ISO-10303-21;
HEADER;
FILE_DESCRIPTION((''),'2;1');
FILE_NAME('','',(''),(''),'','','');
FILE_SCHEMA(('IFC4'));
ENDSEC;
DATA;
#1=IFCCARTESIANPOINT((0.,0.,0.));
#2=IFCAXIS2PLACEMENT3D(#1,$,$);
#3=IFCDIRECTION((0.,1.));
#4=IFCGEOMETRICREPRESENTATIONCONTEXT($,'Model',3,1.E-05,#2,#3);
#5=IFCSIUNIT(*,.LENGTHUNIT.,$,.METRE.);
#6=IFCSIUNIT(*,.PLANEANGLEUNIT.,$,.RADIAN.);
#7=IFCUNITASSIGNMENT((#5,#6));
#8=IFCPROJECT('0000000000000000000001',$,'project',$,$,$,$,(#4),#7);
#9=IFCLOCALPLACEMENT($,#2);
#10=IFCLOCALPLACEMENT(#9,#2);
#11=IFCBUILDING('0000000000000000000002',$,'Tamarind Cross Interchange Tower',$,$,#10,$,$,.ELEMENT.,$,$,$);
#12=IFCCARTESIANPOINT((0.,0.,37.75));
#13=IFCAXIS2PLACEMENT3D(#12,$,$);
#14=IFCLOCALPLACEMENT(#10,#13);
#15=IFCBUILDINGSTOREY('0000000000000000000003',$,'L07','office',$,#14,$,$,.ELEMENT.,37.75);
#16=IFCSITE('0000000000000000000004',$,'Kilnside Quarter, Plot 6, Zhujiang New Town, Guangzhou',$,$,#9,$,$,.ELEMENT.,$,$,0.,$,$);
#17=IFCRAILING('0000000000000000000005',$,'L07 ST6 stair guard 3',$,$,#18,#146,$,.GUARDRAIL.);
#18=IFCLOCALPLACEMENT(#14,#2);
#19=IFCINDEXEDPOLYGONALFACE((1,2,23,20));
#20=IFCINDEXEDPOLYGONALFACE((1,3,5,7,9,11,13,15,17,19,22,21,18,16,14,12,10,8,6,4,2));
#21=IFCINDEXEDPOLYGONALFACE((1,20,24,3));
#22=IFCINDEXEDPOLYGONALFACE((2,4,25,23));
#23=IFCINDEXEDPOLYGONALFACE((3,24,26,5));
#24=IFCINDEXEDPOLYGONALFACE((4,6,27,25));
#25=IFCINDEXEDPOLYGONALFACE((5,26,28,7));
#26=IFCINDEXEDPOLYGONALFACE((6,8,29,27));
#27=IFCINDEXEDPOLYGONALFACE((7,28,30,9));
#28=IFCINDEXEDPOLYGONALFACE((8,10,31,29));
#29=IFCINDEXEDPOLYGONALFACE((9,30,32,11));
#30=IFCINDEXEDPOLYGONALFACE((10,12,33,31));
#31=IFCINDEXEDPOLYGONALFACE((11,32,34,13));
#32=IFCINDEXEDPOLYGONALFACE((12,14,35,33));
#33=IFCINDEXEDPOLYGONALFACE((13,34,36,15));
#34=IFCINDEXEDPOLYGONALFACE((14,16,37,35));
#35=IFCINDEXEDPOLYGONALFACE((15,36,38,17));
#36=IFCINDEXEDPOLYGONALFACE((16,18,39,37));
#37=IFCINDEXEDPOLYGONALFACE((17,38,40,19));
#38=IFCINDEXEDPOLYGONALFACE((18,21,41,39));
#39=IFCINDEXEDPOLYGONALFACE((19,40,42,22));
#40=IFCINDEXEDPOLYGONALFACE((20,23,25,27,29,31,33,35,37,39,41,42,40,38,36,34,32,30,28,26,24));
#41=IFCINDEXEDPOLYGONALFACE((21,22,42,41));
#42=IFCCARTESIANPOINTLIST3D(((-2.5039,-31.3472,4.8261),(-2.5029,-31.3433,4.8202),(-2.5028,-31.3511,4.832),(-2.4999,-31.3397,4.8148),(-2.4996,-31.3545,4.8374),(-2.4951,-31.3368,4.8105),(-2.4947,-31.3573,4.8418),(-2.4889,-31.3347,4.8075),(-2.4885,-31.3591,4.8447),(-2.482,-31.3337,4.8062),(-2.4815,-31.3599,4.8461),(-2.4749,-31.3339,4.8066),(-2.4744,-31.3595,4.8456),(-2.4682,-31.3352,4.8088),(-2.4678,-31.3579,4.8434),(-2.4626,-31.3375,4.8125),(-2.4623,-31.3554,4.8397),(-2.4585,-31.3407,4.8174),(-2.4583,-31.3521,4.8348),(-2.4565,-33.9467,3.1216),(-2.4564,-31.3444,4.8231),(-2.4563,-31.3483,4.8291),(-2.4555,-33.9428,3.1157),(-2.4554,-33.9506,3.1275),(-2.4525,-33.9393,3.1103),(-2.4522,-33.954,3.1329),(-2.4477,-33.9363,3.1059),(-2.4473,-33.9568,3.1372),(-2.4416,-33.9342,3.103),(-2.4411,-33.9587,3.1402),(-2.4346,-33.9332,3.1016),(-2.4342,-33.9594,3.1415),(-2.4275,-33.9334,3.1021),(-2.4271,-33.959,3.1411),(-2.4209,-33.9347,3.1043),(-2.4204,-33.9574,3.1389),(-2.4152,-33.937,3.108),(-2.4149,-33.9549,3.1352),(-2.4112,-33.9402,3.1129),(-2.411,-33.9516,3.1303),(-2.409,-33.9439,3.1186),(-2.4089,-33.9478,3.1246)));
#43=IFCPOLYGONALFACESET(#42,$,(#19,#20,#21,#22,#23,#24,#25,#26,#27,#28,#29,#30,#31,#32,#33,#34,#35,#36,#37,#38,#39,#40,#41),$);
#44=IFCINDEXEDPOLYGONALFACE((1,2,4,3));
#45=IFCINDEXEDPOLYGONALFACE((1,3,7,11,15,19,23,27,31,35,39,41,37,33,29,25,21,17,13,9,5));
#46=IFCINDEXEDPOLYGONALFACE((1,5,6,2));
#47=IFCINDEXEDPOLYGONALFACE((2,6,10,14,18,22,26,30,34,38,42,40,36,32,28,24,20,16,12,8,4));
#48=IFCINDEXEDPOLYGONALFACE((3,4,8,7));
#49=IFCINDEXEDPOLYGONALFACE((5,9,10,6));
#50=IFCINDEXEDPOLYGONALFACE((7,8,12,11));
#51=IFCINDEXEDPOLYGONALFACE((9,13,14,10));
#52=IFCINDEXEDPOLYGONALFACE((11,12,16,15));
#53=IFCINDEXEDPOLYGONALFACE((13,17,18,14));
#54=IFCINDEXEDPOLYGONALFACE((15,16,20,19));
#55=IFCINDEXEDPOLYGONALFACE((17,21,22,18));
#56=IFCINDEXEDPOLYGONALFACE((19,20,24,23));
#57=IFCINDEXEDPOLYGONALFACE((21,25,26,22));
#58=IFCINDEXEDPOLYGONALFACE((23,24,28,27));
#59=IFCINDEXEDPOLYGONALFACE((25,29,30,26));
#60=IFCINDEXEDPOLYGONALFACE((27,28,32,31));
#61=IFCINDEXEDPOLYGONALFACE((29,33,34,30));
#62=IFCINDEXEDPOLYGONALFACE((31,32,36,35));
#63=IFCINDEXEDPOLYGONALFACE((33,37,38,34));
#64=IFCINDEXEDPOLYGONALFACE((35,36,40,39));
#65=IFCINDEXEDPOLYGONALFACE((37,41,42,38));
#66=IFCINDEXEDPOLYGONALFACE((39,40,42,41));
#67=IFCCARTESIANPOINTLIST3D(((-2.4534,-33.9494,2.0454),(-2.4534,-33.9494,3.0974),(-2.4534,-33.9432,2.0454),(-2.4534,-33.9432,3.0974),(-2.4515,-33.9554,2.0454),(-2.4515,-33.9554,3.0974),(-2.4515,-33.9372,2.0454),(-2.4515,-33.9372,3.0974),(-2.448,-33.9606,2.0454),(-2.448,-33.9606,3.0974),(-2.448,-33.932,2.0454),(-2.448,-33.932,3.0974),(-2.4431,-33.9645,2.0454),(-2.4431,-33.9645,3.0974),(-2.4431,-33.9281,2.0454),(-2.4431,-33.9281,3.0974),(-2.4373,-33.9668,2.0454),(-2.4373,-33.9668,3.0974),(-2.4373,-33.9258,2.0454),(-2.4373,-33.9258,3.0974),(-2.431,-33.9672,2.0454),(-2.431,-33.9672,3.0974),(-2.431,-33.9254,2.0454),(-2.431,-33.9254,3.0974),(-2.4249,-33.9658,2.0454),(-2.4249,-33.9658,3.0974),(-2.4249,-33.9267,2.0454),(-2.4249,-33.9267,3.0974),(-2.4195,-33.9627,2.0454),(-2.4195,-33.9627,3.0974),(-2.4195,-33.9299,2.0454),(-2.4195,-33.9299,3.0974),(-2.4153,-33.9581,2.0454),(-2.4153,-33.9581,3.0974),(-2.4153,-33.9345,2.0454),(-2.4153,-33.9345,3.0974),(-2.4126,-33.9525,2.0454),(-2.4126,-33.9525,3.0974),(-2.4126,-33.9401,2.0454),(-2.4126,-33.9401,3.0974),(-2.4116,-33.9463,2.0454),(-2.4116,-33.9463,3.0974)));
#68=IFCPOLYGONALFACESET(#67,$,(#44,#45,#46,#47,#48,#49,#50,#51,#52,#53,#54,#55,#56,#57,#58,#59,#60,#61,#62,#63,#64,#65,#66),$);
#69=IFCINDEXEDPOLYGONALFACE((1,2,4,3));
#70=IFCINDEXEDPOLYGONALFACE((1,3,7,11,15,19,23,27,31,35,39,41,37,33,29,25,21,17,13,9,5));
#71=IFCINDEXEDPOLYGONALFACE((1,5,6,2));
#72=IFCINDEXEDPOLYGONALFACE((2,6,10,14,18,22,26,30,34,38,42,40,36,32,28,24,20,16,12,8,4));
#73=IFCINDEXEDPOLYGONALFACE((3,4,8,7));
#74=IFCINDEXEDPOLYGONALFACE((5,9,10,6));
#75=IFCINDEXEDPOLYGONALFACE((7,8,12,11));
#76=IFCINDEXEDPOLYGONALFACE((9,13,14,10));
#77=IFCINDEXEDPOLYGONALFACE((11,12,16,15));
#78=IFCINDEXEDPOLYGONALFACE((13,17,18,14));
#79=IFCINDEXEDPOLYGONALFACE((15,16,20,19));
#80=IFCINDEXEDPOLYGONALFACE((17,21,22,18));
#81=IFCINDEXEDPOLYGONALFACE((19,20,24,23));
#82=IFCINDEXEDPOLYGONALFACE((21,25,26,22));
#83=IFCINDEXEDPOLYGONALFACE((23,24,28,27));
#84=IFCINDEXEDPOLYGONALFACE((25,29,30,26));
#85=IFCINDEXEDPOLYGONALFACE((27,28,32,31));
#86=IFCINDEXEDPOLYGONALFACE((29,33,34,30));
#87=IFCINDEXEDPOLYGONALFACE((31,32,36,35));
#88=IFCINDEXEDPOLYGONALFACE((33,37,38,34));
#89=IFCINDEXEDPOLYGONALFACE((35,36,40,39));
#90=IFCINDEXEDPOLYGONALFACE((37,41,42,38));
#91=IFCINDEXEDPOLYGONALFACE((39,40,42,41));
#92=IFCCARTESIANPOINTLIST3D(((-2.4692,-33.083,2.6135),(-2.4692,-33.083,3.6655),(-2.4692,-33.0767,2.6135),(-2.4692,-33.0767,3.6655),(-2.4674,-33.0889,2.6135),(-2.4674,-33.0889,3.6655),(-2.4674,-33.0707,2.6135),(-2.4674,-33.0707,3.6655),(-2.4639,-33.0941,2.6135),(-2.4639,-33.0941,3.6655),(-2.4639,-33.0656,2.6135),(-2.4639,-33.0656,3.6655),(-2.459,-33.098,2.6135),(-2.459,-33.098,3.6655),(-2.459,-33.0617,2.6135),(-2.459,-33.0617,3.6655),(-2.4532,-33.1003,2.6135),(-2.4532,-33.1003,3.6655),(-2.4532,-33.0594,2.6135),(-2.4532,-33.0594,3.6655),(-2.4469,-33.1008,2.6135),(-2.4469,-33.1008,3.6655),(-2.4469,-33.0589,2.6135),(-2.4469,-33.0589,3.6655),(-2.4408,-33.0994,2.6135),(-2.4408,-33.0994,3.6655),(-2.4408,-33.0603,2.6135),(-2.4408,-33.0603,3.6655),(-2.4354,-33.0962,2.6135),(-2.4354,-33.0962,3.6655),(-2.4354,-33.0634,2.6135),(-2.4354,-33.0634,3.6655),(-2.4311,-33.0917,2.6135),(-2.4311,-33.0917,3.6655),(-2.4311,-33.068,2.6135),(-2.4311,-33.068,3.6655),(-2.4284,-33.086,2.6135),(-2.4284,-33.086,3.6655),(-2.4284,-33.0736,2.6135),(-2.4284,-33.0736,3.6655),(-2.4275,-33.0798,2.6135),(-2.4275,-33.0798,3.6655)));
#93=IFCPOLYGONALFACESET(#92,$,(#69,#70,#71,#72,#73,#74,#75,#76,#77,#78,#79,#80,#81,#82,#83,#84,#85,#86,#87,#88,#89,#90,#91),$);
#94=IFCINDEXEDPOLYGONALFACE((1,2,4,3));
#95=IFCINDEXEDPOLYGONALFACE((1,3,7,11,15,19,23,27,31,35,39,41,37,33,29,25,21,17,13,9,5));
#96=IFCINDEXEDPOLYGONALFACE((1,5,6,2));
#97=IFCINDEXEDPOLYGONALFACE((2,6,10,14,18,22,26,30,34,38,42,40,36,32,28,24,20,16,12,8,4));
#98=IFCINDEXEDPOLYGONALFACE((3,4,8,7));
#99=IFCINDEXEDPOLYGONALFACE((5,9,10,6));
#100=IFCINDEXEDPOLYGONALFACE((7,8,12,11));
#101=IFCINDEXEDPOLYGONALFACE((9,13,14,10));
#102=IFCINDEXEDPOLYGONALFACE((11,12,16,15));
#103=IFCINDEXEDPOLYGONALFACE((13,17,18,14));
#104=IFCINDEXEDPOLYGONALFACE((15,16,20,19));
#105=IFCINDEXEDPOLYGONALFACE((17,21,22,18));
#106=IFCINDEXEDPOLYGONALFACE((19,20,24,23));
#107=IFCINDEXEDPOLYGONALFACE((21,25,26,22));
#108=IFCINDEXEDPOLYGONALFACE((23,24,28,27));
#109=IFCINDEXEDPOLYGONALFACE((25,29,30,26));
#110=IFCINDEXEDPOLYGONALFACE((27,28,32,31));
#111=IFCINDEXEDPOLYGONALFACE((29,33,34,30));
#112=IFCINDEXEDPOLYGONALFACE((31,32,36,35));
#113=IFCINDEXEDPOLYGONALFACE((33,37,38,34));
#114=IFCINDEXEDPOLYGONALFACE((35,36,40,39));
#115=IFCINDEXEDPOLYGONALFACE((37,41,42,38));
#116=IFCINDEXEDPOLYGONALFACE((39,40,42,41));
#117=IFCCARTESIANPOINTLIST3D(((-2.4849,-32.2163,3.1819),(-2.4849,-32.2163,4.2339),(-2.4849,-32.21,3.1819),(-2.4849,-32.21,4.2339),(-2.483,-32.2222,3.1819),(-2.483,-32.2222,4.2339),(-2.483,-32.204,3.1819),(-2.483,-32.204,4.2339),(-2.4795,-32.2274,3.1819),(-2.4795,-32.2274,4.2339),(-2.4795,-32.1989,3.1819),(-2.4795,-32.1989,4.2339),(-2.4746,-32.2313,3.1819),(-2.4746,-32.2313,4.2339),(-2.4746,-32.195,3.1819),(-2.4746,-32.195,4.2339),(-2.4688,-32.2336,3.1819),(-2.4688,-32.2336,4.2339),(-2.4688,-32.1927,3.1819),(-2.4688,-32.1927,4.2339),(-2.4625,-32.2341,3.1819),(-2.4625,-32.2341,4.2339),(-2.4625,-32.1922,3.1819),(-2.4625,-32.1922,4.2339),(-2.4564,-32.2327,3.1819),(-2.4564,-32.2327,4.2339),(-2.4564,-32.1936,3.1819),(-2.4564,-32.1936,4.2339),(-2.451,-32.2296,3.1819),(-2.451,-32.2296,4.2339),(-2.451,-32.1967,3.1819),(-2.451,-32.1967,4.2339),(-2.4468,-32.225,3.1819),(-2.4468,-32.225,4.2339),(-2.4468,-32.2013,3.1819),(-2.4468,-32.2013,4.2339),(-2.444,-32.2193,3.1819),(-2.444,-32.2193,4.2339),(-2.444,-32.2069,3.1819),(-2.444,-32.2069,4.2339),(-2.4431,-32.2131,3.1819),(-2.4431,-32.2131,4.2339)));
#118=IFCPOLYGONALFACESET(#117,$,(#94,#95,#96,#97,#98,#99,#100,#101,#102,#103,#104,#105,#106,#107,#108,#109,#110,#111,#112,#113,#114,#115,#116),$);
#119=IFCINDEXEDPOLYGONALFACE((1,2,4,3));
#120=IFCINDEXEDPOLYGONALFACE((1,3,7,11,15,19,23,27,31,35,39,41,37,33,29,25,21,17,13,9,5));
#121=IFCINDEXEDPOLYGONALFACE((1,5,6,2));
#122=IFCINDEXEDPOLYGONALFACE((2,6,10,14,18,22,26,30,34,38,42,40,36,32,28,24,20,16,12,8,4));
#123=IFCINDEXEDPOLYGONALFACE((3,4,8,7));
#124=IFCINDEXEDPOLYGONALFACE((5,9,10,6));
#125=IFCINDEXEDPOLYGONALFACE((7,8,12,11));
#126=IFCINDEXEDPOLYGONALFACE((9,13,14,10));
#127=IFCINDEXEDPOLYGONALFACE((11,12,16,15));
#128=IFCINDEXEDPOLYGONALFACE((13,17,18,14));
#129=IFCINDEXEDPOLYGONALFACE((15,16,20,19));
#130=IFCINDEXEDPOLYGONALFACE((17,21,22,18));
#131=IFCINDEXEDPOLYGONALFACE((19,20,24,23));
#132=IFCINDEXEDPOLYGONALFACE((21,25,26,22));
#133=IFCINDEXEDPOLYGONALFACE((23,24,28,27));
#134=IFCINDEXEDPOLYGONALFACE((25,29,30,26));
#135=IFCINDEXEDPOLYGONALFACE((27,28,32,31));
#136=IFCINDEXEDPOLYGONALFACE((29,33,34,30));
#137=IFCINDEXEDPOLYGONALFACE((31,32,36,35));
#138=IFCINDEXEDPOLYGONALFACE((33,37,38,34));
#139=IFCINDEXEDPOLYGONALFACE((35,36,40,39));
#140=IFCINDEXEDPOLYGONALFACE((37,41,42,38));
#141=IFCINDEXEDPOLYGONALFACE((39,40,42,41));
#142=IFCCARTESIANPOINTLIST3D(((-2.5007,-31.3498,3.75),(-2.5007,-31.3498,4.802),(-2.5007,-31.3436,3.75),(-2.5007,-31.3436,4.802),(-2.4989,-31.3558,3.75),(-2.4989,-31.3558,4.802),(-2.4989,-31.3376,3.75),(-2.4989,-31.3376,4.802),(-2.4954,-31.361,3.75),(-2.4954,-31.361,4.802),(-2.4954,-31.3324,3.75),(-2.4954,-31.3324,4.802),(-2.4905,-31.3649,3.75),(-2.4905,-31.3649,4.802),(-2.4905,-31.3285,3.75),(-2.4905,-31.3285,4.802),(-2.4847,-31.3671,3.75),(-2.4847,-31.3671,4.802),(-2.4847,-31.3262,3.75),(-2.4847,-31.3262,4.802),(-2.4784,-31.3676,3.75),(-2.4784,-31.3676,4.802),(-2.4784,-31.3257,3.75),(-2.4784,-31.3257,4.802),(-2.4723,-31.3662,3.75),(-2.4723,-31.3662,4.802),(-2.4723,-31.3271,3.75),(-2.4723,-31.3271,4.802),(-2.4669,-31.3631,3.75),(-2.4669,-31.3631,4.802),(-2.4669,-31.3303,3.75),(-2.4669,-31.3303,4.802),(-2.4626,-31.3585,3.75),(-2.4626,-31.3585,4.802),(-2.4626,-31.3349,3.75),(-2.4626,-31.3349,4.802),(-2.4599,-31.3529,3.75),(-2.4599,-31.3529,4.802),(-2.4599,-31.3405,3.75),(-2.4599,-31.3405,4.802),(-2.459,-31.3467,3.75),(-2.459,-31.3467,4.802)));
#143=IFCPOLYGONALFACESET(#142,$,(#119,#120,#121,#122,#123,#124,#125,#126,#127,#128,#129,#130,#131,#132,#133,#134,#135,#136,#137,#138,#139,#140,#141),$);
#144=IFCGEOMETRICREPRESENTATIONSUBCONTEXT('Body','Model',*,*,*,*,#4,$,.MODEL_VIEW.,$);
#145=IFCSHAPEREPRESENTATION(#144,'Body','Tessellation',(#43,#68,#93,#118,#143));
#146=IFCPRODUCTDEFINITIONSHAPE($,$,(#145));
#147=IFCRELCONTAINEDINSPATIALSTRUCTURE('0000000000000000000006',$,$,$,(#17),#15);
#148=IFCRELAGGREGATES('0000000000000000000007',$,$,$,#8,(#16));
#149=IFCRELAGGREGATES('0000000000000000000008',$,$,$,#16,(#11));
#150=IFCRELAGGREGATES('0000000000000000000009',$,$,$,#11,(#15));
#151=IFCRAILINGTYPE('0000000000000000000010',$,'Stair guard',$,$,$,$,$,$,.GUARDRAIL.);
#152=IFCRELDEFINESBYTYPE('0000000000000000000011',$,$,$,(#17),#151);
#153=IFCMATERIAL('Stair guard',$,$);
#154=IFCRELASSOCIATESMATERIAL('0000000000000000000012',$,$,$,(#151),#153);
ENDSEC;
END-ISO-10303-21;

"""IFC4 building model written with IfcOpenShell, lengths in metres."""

from ifc_helpers import new_model, si_unit, direction, frame, origin, origin_2d, place, context, subcontext, project, spatial, circle, extrude, material, type_object, element, save


model = new_model("IFC4")

# Units and contexts
model_context = context("Model", 3, precision=1e-05, world=origin(), true_north=direction((0.0, 1.0)))
body_context = subcontext(model_context, "Body", "Model", "MODEL_VIEW")
ifc_project = project(units=[si_unit("LENGTHUNIT", "METRE"), si_unit("PLANEANGLEUNIT", "RADIAN")], contexts=[model_context])

# Site, building, storey
site_placement = place(None, origin())
site = spatial("IfcSite", under=ifc_project, at=site_placement, Name="Kilnside Quarter, Plot 6, Zhujiang New Town, Guangzhou", CompositionType="ELEMENT", RefElevation=0.0)
building_placement = place(site_placement, origin())
building = spatial("IfcBuilding", under=site, at=building_placement, Name="Tamarind Cross Interchange Tower", CompositionType="ELEMENT")
storey_placement = place(building_placement, frame((0.0, 0.0, 37.75)))
storey = spatial("IfcBuildingStorey", under=building, at=storey_placement, Name="L07", Description="office", CompositionType="ELEMENT", Elevation=37.75)

# Railing
ifc_material_1 = material(Name="Stair guard")
railing_type_1 = type_object("IfcRailingType", Name="Stair guard", PredefinedType="GUARDRAIL", material=ifc_material_1)
railing_1_placement = place(storey_placement, frame((-2.4326, -33.9463, 2.0454)))
element("IfcRailing", 1, at=railing_1_placement, inside=storey, type_object=railing_type_1, Name="L07 ST6 stair guard 3", PredefinedType="GUARDRAIL", context=body_context, shape_type="SweptSolid", body=[
    extrude(circle(Radius=0.0239, at=origin_2d()), frame((0.0, 0.0, 1.0762), z_axis=(-0.015234, 0.836158, 0.548277), x_axis=(-0.999834, -0.018216, 0.0)), (0.0, 0.0, 1.0), 3.1089),
    extrude(circle(Radius=0.021, at=origin_2d()), origin(), (0.0, 0.0, 1.0), 1.052),
    extrude(circle(Radius=0.021, at=origin_2d()), frame((-0.0159, 0.8665, 0.5681)), (0.0, 0.0, 1.0), 1.052),
    extrude(circle(Radius=0.021, at=origin_2d()), frame((-0.0315, 1.7332, 1.1365)), (0.0, 0.0, 1.0), 1.052),
    extrude(circle(Radius=0.021, at=origin_2d()), frame((-0.0474, 2.5996, 1.7046)), (0.0, 0.0, 1.0), 1.052),
])

save(model, "model.ifc")
